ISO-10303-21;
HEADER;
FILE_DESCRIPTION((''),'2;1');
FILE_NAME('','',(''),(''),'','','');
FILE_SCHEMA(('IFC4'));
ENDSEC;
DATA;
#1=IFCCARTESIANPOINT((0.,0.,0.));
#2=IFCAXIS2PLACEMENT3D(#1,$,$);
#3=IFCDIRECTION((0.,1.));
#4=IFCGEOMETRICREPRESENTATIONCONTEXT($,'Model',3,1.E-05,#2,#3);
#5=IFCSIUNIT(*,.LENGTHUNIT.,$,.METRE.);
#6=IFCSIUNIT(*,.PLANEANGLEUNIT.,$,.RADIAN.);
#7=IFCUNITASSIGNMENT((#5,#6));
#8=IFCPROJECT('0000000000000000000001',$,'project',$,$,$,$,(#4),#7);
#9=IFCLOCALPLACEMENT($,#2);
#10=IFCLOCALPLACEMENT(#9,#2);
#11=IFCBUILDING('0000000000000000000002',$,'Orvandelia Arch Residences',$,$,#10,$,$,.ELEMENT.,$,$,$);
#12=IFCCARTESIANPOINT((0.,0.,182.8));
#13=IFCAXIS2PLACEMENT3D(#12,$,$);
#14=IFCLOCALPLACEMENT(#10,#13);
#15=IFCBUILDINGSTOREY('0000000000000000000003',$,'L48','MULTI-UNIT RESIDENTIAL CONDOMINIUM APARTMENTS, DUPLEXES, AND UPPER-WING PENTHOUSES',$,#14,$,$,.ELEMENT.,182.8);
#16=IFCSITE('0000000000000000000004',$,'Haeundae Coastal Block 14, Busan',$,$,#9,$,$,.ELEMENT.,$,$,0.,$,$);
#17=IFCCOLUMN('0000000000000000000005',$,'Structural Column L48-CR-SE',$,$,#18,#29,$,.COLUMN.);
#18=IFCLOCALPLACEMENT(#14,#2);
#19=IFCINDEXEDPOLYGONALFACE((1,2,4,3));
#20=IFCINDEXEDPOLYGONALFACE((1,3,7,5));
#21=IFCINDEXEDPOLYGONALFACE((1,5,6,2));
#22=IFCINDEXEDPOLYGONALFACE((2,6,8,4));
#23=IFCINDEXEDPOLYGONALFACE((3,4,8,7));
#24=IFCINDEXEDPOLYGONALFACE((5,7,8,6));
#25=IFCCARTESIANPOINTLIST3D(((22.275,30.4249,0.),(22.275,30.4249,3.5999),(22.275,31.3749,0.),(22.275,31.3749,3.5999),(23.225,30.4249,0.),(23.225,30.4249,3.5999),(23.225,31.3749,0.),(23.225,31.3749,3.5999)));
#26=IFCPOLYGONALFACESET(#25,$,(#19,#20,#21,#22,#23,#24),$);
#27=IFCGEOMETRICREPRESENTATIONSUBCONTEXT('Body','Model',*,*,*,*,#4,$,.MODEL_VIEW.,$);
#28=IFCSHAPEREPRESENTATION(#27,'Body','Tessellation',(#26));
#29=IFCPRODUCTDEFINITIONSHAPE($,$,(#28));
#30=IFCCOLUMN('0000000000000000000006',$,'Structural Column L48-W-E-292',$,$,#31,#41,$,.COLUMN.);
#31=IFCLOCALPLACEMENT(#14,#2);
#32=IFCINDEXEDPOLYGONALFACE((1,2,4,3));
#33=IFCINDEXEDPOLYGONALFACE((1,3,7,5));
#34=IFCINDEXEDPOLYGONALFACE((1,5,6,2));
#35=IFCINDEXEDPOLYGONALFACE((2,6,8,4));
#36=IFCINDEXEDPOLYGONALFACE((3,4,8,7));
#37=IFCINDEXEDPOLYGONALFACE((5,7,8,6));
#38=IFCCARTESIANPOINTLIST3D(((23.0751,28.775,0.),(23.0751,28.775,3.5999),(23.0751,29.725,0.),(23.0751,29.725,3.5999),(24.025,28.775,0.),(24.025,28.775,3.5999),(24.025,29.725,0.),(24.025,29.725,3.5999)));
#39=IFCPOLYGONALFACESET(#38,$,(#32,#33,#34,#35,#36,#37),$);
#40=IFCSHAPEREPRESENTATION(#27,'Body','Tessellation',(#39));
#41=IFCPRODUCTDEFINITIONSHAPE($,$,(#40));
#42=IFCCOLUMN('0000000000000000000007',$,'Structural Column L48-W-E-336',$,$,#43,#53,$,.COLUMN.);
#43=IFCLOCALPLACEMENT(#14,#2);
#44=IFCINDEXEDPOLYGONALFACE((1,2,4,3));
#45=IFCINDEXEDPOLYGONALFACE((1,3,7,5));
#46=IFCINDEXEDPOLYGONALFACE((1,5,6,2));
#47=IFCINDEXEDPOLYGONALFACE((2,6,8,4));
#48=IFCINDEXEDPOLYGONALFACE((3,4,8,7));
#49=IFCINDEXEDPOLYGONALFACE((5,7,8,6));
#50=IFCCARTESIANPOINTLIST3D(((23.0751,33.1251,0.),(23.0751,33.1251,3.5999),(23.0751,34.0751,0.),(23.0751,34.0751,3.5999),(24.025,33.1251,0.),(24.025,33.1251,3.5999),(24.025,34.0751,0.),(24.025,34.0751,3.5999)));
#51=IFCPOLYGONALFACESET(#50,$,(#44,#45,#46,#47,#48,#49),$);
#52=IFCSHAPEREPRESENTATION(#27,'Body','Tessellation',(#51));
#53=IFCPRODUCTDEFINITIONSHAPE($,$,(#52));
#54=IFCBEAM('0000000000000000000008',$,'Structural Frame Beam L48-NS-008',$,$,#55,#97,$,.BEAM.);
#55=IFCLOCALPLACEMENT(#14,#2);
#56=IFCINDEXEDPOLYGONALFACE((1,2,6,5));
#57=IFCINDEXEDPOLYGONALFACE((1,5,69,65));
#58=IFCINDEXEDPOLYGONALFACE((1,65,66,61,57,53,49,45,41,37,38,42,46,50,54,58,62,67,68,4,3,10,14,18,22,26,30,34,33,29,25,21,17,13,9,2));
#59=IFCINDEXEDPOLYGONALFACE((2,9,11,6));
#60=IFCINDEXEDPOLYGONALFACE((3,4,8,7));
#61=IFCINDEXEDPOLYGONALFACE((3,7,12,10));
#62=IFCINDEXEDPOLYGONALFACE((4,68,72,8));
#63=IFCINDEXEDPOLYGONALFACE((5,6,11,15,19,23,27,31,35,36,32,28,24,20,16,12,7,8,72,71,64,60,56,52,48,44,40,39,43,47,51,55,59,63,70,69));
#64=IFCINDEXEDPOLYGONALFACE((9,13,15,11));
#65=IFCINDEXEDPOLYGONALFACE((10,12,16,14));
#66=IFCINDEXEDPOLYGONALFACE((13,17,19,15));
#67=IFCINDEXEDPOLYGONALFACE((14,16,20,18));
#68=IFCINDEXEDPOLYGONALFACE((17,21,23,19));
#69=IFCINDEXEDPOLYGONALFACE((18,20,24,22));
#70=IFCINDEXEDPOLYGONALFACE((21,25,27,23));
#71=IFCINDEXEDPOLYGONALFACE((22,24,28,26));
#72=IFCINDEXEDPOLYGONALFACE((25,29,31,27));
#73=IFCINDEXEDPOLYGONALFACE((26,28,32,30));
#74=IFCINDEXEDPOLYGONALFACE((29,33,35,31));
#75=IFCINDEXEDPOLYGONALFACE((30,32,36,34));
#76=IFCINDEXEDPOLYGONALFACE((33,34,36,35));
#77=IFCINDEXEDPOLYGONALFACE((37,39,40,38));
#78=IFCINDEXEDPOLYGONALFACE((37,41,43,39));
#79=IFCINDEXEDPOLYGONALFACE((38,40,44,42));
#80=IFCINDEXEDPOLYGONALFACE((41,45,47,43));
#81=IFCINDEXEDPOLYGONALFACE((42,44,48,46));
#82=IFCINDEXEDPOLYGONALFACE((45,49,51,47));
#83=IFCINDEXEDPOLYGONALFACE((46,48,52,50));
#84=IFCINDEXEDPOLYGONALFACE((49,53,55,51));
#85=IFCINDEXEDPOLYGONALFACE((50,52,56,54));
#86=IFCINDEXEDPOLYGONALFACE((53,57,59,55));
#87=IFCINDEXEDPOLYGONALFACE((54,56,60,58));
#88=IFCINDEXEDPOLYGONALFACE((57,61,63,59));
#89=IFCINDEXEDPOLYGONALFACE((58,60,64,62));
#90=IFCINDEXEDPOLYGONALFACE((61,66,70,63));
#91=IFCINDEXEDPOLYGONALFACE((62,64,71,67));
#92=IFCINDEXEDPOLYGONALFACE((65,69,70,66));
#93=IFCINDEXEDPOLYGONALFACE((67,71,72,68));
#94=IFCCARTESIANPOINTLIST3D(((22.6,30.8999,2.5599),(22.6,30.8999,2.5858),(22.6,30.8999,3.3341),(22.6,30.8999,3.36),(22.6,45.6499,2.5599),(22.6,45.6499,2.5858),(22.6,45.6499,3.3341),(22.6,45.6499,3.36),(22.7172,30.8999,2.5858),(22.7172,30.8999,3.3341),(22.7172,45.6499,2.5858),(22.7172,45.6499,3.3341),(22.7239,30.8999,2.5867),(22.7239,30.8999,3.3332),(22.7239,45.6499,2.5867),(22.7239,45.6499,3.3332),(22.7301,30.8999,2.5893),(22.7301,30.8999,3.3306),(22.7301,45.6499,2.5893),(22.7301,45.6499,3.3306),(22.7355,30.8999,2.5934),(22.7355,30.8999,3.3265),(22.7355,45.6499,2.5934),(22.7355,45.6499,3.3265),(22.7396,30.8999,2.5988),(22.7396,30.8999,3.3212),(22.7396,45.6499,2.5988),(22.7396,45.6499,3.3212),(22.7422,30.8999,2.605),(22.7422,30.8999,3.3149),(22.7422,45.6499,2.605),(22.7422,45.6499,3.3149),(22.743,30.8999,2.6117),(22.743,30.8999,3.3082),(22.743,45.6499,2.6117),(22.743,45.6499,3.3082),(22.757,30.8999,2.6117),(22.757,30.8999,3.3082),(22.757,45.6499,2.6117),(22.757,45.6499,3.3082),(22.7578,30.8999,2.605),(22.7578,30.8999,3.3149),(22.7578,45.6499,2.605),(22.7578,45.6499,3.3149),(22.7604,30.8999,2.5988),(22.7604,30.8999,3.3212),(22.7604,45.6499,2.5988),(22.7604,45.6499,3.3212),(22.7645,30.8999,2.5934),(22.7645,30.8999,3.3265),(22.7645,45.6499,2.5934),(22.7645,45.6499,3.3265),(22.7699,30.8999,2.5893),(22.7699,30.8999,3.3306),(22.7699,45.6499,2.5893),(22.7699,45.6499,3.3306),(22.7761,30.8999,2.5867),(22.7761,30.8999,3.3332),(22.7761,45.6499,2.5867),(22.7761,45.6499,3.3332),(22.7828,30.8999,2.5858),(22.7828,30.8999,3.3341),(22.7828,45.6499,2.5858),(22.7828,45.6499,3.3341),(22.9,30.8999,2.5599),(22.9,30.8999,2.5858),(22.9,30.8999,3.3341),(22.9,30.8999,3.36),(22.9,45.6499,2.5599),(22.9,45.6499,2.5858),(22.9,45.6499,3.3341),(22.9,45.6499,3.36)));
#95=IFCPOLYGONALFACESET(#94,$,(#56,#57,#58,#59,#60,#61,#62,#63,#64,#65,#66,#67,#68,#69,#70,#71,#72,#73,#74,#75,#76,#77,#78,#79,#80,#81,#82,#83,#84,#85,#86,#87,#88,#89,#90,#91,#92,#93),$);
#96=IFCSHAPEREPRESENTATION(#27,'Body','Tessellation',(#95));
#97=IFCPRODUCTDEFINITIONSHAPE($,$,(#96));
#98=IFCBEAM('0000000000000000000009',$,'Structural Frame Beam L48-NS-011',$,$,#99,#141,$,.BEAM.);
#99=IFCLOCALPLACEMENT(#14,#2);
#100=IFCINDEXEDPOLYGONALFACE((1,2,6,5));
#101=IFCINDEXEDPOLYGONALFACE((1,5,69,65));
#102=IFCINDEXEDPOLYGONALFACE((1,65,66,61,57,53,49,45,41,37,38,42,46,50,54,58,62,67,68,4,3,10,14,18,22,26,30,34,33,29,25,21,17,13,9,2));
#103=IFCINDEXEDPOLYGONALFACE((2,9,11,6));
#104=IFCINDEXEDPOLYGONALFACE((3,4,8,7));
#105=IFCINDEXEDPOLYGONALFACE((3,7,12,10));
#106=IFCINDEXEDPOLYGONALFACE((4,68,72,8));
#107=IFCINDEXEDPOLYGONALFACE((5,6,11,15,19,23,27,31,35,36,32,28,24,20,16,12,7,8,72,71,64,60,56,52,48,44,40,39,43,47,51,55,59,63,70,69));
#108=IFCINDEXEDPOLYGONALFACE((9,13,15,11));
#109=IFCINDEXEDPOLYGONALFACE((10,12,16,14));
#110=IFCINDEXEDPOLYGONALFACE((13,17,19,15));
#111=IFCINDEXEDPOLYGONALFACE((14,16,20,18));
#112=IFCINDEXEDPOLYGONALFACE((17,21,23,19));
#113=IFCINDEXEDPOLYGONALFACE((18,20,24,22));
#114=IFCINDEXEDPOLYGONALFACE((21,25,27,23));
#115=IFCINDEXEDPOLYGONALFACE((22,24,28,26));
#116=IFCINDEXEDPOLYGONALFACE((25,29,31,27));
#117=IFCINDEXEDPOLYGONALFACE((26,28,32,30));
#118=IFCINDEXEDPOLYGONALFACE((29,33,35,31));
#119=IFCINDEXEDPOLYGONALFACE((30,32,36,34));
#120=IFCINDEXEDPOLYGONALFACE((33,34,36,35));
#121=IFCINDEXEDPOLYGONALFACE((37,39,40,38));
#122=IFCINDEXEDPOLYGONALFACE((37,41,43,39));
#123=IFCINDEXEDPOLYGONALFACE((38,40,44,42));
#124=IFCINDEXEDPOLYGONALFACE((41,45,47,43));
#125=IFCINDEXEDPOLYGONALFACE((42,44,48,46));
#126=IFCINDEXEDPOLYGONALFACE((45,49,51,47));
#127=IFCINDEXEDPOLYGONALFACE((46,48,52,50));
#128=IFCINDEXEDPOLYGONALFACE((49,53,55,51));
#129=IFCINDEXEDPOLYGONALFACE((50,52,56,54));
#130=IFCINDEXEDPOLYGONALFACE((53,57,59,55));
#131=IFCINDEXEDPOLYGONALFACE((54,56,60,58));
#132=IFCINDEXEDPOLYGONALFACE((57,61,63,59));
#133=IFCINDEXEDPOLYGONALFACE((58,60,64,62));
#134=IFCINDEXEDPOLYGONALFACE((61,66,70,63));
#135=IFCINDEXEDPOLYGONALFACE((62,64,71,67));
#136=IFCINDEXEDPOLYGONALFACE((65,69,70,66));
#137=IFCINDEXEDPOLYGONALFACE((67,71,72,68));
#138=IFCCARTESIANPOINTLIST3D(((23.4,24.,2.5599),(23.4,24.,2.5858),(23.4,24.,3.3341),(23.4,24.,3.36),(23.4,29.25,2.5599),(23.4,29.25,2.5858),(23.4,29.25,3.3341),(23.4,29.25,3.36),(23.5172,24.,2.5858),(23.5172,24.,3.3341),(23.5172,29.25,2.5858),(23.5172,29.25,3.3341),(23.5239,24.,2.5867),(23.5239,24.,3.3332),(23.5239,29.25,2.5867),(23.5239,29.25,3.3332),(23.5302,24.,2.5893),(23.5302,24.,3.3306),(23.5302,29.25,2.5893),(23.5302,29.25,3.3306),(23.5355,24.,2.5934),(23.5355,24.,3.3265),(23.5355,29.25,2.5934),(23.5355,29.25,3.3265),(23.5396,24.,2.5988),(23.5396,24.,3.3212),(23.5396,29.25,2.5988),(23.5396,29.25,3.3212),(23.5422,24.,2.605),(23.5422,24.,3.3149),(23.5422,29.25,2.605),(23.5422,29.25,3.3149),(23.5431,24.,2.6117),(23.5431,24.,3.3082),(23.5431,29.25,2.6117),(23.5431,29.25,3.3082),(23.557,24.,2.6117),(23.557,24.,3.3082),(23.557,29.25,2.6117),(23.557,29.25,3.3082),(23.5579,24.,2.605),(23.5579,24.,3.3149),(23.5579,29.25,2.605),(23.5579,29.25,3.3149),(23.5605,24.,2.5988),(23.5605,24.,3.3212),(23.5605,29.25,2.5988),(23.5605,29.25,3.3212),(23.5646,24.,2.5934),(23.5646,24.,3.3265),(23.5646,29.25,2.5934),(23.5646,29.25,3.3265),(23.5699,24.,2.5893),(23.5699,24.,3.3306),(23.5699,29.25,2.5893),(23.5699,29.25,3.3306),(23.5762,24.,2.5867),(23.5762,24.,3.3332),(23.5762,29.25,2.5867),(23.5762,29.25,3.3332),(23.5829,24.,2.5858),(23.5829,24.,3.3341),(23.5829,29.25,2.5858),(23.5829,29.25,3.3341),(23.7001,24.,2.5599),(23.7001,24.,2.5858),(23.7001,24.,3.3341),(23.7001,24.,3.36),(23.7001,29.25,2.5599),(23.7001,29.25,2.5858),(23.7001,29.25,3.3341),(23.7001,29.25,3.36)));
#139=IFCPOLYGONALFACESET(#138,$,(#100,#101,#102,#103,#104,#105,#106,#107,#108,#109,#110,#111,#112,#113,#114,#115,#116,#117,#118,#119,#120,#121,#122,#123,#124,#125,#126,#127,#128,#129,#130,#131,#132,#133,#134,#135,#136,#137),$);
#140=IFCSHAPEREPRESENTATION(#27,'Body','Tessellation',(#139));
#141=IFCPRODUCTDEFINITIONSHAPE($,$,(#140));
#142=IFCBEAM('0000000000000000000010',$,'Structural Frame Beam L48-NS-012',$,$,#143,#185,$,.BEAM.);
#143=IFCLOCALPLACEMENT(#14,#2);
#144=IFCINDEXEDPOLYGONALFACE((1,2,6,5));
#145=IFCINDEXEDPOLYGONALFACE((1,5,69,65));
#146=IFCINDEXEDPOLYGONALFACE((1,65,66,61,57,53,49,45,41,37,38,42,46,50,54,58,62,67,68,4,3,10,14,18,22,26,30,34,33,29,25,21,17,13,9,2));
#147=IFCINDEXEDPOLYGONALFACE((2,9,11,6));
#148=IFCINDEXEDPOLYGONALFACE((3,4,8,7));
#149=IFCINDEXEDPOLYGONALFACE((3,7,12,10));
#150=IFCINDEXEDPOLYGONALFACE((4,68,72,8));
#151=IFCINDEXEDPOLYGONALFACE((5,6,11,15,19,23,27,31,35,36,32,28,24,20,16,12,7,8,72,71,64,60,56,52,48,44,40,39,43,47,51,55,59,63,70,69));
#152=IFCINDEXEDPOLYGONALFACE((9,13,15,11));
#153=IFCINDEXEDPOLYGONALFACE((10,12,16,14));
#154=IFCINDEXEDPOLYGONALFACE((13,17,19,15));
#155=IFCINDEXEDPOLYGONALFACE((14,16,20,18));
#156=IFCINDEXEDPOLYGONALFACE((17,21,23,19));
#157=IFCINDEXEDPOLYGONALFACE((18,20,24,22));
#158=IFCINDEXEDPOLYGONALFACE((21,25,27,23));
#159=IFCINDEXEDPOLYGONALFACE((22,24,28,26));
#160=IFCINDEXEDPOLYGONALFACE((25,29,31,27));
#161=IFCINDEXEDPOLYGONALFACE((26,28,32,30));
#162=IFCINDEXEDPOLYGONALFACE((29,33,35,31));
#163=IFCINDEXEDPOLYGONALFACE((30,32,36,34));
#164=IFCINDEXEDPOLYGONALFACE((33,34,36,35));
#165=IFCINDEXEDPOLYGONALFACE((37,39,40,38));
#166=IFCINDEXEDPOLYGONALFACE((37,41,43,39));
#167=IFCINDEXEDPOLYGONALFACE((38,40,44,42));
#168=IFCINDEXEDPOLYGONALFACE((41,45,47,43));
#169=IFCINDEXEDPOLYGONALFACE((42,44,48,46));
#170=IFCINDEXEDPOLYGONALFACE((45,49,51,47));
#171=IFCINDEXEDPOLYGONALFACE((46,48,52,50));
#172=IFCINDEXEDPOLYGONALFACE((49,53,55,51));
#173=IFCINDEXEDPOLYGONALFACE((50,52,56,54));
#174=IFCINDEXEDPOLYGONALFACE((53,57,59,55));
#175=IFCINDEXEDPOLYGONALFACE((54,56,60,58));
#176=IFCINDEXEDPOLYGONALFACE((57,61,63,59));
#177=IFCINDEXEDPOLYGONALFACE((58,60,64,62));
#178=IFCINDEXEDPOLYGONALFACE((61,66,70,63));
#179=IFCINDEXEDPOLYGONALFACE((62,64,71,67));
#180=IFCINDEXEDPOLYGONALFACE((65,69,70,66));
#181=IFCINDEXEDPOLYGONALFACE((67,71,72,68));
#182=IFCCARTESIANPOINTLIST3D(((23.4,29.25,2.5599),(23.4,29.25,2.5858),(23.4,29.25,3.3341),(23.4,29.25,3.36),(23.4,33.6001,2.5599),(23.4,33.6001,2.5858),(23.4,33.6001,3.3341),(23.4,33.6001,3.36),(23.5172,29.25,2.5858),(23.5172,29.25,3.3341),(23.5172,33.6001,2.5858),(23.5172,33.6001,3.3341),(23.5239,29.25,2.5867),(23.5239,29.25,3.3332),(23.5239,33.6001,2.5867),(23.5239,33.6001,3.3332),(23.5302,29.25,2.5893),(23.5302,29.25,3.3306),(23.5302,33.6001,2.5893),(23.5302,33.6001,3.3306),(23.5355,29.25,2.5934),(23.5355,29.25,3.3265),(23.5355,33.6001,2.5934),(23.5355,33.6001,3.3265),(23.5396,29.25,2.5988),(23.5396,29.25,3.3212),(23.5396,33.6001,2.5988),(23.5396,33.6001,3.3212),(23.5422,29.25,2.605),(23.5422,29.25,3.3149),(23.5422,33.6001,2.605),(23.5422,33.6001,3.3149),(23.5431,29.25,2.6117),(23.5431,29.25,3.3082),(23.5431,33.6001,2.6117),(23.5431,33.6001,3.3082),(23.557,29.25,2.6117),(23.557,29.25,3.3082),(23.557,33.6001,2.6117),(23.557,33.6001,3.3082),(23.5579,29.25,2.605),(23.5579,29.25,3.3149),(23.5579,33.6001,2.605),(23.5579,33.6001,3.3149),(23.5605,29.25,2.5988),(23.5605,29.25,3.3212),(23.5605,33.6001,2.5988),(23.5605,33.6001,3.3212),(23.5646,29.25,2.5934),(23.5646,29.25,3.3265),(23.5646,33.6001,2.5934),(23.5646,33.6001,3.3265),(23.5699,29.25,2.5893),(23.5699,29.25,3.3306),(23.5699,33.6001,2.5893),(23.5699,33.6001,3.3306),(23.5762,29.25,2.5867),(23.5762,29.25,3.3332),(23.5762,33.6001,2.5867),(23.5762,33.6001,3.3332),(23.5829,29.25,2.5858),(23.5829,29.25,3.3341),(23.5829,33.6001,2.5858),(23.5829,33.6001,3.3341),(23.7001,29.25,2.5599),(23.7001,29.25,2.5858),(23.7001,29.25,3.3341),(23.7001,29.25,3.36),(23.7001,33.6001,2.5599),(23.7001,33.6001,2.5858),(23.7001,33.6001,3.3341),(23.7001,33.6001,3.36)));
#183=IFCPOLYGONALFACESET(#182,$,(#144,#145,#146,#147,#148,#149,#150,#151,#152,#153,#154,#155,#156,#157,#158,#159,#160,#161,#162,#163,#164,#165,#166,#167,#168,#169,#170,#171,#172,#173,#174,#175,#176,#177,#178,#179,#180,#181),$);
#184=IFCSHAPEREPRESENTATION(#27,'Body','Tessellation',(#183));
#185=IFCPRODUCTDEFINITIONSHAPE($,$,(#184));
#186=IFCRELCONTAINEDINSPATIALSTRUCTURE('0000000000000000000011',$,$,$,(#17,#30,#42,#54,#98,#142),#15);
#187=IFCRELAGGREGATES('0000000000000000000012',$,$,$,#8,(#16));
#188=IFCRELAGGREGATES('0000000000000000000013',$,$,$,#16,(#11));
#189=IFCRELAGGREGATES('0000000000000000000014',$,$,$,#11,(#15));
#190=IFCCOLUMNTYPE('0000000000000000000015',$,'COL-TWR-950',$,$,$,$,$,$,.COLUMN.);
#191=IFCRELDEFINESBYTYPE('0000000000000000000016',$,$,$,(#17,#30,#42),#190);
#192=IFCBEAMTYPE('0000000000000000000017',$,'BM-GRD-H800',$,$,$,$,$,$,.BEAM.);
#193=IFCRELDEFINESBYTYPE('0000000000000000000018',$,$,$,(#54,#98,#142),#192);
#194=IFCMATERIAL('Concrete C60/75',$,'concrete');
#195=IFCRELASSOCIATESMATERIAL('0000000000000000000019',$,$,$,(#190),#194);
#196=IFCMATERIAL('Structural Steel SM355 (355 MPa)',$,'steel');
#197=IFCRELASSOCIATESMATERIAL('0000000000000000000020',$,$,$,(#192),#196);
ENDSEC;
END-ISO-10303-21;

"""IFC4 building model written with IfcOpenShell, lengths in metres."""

from ifc_helpers import new_model, si_unit, direction, frame, origin, origin_2d, place, context, subcontext, project, spatial, rectangle, i_section, extrude, material, material_profile, profile_set, type_object, element, save


model = new_model("IFC4")

# Units and contexts
model_context = context("Model", 3, precision=1e-05, world=origin(), true_north=direction((0.0, 1.0)))
body_context = subcontext(model_context, "Body", "Model", "MODEL_VIEW")
ifc_project = project(units=[si_unit("LENGTHUNIT", "METRE"), si_unit("PLANEANGLEUNIT", "RADIAN")], contexts=[model_context])

# Site, building, storey
site_placement = place(None, origin())
site = spatial("IfcSite", under=ifc_project, at=site_placement, Name="Haeundae Coastal Block 14, Busan", CompositionType="ELEMENT", RefElevation=0.0)
building_placement = place(site_placement, origin())
building = spatial("IfcBuilding", under=site, at=building_placement, Name="Orvandelia Arch Residences", CompositionType="ELEMENT")
storey_placement = place(building_placement, frame((0.0, 0.0, 182.8)))
storey = spatial("IfcBuildingStorey", under=building, at=storey_placement, Name="L48", Description="MULTI-UNIT RESIDENTIAL CONDOMINIUM APARTMENTS, DUPLEXES, AND UPPER-WING PENTHOUSES", CompositionType="ELEMENT", Elevation=182.8)

# Columns
ifc_material_1 = material(Name="Concrete C60/75", Category="concrete")
ifc_material_profile_1 = material_profile(ifc_material_1, rectangle(XDim=0.95, YDim=0.95, at=origin_2d()), Name="Concrete C60/75", Category="concrete")
ifc_profile_set_1 = profile_set([ifc_material_profile_1], Name="Concrete C60/75")
column_type = type_object("IfcColumnType", Name="COL-TWR-950", PredefinedType="COLUMN", material=ifc_profile_set_1)
for number, where, z_axis, x_axis, name in (
    (1, (22.75, 30.8999, 0.0), (0.0, 0.0, 1.0), (1.0, 0.0, 0.0), "Structural Column L48-CR-SE"),
    (2, (23.55, 29.25, 0.0), (0.0, 0.0, 1.0), (1.0, 0.0, 0.0), "Structural Column L48-W-E-292"),
    (3, (23.55, 33.6001, 0.0), (0.0, 0.0, 1.0), (1.0, 0.0, 0.0), "Structural Column L48-W-E-336"),
):
    element("IfcColumn", number, at=place(storey_placement, frame(where, z_axis=z_axis, x_axis=x_axis)), inside=storey, type_object=column_type, Name=name, PredefinedType="COLUMN", context=body_context, shape_type="SweptSolid", body=[
        extrude(rectangle(XDim=0.95, YDim=0.95, at=origin_2d()), origin(), (0.0, 0.0, 1.0), 3.5999),
    ])

# Beams
ifc_material_2 = material(Name="Structural Steel SM355 (355 MPa)", Category="steel")
ifc_material_profile_2 = material_profile(ifc_material_2, i_section(OverallWidth=0.3, OverallDepth=0.8, WebThickness=0.0139, FlangeThickness=0.0259, FilletRadius=0.0259, at=origin_2d()), Name="Structural Steel SM355 (355 MPa)", Category="steel")
ifc_profile_set_2 = profile_set([ifc_material_profile_2], Name="Structural Steel SM355 (355 MPa)")
beam_type = type_object("IfcBeamType", Name="BM-GRD-H800", PredefinedType="BEAM", material=ifc_profile_set_2)
beam_1_placement = place(storey_placement, frame((22.75, 30.8999, 2.96), z_axis=(0.0, 1.0, 0.0), x_axis=(-1.0, 0.0, 0.0)))
element("IfcBeam", 4, at=beam_1_placement, inside=storey, type_object=beam_type, Name="Structural Frame Beam L48-NS-008", PredefinedType="BEAM", context=body_context, shape_type="SweptSolid", body=[
    extrude(i_section(OverallWidth=0.3, OverallDepth=0.8, WebThickness=0.0139, FlangeThickness=0.0259, FilletRadius=0.0259, at=origin_2d()), origin(), (0.0, 0.0, 1.0), 14.75),
])
beam_2_placement = place(storey_placement, frame((23.55, 24.0, 2.96), z_axis=(0.0, 1.0, 0.0), x_axis=(-1.0, 0.0, 0.0)))
element("IfcBeam", 5, at=beam_2_placement, inside=storey, type_object=beam_type, Name="Structural Frame Beam L48-NS-011", PredefinedType="BEAM", context=body_context, shape_type="SweptSolid", body=[
    extrude(i_section(OverallWidth=0.3, OverallDepth=0.8, WebThickness=0.0139, FlangeThickness=0.0259, FilletRadius=0.0259, at=origin_2d()), origin(), (0.0, 0.0, 1.0), 5.25),
])
beam_3_placement = place(storey_placement, frame((23.55, 29.25, 2.96), z_axis=(0.0, 1.0, 0.0), x_axis=(-1.0, 0.0, 0.0)))
element("IfcBeam", 6, at=beam_3_placement, inside=storey, type_object=beam_type, Name="Structural Frame Beam L48-NS-012", PredefinedType="BEAM", context=body_context, shape_type="SweptSolid", body=[
    extrude(i_section(OverallWidth=0.3, OverallDepth=0.8, WebThickness=0.0139, FlangeThickness=0.0259, FilletRadius=0.0259, at=origin_2d()), origin(), (0.0, 0.0, 1.0), 4.3501),
])

save(model, "model.ifc")
